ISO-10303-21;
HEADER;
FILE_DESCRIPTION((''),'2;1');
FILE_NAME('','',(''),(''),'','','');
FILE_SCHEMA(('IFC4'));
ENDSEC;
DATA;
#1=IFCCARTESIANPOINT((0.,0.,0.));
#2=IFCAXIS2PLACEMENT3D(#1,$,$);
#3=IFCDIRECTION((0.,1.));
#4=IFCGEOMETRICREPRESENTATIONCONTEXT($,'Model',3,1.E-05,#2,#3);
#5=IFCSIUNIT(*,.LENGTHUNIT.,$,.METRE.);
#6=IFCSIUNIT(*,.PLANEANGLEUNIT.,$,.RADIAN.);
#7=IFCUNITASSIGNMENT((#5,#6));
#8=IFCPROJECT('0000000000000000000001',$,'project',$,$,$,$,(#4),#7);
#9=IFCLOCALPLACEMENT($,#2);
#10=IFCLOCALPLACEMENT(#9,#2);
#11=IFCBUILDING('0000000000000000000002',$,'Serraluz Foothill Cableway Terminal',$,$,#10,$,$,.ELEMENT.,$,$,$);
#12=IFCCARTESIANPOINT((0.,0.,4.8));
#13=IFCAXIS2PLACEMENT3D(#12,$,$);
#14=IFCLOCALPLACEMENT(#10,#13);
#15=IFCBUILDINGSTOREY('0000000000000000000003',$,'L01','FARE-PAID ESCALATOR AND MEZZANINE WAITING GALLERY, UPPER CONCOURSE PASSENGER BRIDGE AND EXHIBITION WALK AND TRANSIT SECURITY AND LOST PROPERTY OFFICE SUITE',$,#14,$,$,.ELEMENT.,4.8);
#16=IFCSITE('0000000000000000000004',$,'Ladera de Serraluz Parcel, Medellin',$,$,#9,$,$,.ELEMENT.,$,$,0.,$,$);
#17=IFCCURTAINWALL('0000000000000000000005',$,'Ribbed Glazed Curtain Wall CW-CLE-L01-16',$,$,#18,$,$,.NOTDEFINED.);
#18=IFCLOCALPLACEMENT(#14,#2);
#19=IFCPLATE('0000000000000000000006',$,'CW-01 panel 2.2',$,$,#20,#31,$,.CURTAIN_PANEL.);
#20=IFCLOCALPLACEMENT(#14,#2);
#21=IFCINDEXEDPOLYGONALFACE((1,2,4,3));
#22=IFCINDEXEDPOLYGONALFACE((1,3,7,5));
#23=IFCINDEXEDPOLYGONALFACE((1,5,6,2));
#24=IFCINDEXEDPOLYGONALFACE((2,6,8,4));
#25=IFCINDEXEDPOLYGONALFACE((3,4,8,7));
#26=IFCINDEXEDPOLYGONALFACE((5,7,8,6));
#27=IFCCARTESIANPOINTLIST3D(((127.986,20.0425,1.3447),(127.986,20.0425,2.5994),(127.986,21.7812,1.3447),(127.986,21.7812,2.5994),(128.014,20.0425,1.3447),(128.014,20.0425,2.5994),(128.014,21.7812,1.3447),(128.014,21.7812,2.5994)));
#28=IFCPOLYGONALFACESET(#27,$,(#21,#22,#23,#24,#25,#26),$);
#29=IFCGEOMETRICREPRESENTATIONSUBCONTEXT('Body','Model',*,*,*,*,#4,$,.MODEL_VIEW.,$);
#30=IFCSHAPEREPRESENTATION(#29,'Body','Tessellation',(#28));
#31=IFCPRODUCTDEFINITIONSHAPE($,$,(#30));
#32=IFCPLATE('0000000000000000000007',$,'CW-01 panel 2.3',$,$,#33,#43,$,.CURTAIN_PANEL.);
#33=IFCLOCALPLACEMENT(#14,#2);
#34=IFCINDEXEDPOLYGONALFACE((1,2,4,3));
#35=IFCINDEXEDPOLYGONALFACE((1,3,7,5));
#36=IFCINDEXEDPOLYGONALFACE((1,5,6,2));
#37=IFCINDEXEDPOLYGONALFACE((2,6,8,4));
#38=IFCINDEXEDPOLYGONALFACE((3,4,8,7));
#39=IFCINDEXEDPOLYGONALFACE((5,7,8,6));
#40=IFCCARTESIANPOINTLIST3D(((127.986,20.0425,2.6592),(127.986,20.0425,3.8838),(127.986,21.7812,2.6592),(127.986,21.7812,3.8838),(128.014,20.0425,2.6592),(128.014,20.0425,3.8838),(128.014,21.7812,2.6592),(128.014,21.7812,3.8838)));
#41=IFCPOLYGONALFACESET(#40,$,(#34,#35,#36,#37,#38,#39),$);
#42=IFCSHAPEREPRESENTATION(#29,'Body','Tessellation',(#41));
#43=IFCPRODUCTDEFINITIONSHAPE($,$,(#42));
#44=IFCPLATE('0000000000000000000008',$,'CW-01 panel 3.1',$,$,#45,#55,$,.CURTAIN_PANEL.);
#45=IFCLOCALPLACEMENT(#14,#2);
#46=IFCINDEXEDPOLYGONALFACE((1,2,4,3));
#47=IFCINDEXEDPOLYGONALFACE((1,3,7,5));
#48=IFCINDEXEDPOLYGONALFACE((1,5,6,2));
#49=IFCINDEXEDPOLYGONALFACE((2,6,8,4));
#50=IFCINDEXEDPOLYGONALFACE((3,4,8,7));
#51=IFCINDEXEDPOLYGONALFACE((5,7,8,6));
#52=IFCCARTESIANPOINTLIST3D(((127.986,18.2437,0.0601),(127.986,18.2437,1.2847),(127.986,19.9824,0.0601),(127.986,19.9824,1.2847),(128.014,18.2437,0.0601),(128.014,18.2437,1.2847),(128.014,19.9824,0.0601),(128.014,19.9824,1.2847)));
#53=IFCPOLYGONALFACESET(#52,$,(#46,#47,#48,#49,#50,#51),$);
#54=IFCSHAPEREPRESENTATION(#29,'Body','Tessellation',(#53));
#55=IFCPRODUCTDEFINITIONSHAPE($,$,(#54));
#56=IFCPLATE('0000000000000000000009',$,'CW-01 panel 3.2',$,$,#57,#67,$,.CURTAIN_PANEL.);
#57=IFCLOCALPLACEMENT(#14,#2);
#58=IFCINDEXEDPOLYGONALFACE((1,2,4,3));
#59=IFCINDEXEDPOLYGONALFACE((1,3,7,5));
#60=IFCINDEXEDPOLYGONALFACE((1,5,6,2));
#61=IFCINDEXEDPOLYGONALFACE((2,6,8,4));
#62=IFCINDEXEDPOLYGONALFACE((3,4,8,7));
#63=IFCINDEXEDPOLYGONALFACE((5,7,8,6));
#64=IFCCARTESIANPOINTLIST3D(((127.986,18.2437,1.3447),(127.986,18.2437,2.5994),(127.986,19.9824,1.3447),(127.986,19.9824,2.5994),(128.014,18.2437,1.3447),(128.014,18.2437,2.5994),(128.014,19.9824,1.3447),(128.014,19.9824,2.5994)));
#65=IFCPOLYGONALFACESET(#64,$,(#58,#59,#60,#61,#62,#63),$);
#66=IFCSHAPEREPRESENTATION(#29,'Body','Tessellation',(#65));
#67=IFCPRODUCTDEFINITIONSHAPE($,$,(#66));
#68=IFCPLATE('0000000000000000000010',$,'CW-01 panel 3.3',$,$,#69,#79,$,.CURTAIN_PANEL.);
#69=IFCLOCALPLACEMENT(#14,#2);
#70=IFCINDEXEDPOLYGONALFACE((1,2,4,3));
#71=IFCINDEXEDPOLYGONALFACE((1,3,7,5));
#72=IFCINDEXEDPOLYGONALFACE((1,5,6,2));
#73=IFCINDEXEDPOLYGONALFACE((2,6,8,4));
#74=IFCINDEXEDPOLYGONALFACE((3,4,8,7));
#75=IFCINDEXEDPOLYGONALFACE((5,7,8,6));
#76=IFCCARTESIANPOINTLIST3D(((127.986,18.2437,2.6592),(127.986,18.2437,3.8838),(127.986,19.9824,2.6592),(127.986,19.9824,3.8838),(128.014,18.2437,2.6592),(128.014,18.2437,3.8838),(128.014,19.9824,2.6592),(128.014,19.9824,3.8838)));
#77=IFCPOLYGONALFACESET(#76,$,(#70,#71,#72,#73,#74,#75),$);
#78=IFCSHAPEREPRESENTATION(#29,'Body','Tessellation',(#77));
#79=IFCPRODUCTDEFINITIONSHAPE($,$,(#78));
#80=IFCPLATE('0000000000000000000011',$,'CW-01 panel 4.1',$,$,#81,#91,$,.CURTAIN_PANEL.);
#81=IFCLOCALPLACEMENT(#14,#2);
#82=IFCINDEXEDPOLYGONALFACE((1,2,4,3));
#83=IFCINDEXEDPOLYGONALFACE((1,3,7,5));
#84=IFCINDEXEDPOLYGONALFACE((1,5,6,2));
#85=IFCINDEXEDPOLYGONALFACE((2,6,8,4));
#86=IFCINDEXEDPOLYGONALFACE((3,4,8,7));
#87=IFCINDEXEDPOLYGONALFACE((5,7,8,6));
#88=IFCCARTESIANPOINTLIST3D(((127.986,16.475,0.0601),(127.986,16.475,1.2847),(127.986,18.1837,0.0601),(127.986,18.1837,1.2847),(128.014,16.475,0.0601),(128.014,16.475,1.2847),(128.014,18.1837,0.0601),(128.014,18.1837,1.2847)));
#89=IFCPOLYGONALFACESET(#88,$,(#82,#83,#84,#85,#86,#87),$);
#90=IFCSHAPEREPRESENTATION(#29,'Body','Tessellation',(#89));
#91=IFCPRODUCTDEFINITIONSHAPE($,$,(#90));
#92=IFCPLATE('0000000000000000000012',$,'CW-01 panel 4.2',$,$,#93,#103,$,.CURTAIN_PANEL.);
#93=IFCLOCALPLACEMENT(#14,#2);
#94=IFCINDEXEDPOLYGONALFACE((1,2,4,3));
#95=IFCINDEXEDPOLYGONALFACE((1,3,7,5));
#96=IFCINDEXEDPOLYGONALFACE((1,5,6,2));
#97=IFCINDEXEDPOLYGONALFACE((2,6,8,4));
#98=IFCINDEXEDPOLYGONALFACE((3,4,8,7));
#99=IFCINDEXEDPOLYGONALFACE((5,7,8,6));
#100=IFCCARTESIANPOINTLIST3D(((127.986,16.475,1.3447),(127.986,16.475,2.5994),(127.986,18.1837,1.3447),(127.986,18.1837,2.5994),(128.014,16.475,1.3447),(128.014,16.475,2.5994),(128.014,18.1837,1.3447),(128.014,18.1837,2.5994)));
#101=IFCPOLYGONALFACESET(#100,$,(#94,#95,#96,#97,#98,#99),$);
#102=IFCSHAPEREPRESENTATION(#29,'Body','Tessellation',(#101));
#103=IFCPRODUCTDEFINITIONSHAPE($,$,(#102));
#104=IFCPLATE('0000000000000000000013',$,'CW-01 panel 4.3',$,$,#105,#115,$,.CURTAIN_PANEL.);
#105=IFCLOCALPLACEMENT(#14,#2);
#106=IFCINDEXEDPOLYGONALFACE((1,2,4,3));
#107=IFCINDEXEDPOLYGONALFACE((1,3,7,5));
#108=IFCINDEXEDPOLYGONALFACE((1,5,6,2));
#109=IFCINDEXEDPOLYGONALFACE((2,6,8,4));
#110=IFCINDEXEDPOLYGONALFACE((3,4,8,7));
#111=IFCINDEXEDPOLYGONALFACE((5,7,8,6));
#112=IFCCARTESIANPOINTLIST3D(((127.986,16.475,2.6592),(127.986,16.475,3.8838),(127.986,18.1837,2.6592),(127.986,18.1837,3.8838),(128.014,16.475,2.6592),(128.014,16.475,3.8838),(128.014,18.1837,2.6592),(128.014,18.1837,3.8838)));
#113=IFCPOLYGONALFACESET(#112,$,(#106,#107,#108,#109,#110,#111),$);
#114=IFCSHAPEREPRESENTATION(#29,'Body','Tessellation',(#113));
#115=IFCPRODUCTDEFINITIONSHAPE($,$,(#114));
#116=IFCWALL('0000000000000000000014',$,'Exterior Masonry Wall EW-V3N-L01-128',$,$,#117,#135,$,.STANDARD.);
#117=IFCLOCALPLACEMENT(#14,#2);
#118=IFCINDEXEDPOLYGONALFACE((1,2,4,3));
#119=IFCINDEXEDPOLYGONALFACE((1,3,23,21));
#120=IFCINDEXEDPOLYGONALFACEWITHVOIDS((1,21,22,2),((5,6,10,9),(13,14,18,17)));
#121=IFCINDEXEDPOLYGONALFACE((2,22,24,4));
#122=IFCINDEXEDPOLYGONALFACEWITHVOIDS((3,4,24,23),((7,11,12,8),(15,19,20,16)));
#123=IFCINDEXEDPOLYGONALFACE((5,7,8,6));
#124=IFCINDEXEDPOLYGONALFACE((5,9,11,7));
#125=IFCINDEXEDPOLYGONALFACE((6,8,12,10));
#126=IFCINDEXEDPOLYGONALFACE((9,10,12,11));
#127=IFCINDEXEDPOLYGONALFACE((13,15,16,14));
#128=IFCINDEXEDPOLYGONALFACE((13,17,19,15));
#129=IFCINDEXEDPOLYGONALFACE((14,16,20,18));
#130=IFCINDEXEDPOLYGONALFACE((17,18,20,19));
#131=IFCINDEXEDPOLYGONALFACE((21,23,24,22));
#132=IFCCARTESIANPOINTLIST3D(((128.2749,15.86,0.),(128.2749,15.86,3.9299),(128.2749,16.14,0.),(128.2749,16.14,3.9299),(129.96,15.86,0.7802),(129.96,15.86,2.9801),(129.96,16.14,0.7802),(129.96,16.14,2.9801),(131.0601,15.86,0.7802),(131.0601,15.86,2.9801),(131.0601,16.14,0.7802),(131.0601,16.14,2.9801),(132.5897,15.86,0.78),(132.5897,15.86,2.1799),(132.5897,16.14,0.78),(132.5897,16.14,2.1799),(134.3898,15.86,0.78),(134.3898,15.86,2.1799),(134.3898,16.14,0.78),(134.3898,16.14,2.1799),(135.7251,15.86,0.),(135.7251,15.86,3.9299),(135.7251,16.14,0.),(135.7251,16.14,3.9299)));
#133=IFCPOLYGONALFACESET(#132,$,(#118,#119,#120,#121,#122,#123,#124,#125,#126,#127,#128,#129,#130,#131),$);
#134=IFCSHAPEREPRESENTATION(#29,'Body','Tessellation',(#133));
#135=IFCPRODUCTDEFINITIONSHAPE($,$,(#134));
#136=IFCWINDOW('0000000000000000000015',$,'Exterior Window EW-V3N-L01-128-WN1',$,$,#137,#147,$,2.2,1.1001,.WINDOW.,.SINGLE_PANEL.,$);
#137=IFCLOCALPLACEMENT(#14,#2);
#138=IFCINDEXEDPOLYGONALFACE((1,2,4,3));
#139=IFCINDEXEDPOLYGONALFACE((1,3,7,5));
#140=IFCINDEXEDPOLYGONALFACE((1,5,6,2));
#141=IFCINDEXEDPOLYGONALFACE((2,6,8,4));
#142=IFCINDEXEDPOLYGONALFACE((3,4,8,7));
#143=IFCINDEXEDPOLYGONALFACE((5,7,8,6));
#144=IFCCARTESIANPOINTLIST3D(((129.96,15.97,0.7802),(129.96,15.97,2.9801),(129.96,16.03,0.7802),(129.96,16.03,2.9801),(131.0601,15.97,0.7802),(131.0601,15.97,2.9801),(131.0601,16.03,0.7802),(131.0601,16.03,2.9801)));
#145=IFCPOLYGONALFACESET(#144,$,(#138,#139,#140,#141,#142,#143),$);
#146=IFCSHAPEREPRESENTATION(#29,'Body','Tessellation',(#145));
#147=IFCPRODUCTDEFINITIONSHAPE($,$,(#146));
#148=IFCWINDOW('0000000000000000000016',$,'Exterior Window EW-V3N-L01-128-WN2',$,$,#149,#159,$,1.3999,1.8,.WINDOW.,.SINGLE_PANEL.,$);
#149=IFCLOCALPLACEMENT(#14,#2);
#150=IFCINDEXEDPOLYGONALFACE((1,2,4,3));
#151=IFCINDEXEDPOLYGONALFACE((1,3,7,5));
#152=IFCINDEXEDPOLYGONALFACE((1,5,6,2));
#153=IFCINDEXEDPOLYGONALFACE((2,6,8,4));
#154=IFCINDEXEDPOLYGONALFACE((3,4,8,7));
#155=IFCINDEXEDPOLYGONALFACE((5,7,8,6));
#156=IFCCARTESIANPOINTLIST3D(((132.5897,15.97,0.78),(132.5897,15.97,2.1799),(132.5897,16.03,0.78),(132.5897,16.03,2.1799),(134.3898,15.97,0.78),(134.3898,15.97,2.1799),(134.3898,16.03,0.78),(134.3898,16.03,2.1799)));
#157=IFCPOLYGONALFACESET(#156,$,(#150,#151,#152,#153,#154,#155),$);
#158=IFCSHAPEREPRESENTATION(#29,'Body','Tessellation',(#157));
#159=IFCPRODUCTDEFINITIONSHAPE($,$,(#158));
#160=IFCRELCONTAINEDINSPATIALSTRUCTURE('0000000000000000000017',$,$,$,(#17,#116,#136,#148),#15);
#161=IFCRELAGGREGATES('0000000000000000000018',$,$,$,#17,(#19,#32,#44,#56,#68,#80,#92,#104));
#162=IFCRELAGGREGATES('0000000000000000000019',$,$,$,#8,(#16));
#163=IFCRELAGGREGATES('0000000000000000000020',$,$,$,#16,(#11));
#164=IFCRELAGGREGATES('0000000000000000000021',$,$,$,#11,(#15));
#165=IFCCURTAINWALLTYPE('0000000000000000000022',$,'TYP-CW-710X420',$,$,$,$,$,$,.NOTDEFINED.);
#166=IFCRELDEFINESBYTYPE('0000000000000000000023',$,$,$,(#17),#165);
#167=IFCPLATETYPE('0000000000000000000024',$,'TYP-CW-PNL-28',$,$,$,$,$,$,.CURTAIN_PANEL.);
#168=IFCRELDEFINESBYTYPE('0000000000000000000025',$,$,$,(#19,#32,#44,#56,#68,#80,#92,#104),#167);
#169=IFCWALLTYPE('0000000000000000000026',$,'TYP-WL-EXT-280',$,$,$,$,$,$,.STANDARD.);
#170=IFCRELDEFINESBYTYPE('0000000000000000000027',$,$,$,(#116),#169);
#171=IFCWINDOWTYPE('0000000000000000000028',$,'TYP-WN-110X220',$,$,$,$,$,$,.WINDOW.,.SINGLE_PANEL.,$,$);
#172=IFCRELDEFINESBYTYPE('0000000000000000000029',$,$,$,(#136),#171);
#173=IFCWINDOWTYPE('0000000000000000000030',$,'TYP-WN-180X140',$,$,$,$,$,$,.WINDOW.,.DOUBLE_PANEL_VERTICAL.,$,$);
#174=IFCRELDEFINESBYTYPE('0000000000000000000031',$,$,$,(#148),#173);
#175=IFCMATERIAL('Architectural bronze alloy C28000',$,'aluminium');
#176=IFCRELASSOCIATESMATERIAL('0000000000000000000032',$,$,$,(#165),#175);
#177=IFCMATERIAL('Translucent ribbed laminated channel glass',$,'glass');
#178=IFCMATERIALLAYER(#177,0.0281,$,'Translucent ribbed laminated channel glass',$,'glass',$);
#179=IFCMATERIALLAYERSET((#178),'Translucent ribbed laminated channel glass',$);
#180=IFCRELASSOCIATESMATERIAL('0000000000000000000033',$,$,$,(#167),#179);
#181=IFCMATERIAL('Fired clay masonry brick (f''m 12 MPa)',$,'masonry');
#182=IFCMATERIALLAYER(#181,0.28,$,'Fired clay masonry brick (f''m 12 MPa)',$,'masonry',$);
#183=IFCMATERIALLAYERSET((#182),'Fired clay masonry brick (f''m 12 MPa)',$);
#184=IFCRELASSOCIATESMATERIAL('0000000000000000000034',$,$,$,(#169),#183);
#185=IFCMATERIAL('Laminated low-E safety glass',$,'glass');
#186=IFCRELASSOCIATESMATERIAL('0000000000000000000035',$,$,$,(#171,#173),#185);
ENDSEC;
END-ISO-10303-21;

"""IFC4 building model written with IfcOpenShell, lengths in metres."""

from ifc_helpers import new_model, si_unit, direction, frame, frame_2d, origin, origin_2d, place, context, subcontext, project, spatial, rectangle, extrude, material, layer, layer_set, type_object, element, fill, aggregate, save


model = new_model("IFC4")

# Units and contexts
model_context = context("Model", 3, precision=1e-05, world=origin(), true_north=direction((0.0, 1.0)))
body_context = subcontext(model_context, "Body", "Model", "MODEL_VIEW")
ifc_project = project(units=[si_unit("LENGTHUNIT", "METRE"), si_unit("PLANEANGLEUNIT", "RADIAN")], contexts=[model_context])

# Site, building, storey
site_placement = place(None, origin())
site = spatial("IfcSite", under=ifc_project, at=site_placement, Name="Ladera de Serraluz Parcel, Medellin", CompositionType="ELEMENT", RefElevation=0.0)
building_placement = place(site_placement, origin())
building = spatial("IfcBuilding", under=site, at=building_placement, Name="Serraluz Foothill Cableway Terminal", CompositionType="ELEMENT")
storey_placement = place(building_placement, frame((0.0, 0.0, 4.8)))
storey = spatial("IfcBuildingStorey", under=building, at=storey_placement, Name="L01", Description="FARE-PAID ESCALATOR AND MEZZANINE WAITING GALLERY, UPPER CONCOURSE PASSENGER BRIDGE AND EXHIBITION WALK AND TRANSIT SECURITY AND LOST PROPERTY OFFICE SUITE", CompositionType="ELEMENT", Elevation=4.8)

# Curtain wall
ifc_material_1 = material(Name="Architectural bronze alloy C28000", Category="aluminium")
curtain_wall_type = type_object("IfcCurtainWallType", Name="TYP-CW-710X420", PredefinedType="NOTDEFINED", material=ifc_material_1)
curtain_wall_placement = place(storey_placement, origin())
curtain_wall = element("IfcCurtainWall", 1, at=curtain_wall_placement, inside=storey, type_object=curtain_wall_type, Name="Ribbed Glazed Curtain Wall CW-CLE-L01-16", PredefinedType="NOTDEFINED")

# Plates
ifc_material_2 = material(Name="Translucent ribbed laminated channel glass", Category="glass")
ifc_layer_1 = layer(ifc_material_2, 0.0281, Name="Translucent ribbed laminated channel glass", Category="glass")
ifc_layer_set_1 = layer_set([ifc_layer_1], Name="Translucent ribbed laminated channel glass")
plate_type = type_object("IfcPlateType", Name="TYP-CW-PNL-28", PredefinedType="CURTAIN_PANEL", material=ifc_layer_set_1)
plate_1_placement = place(storey_placement, frame((128.0, 20.9119, 1.3447), z_axis=(0.0, 0.0, 1.0), x_axis=(0.0, -1.0, 0.0)))
plate_1 = element("IfcPlate", 2, at=plate_1_placement, type_object=plate_type, Name="CW-01 panel 2.2", PredefinedType="CURTAIN_PANEL", context=body_context, shape_type="SweptSolid", body=[
    extrude(rectangle(XDim=1.7388, YDim=0.0281, at=origin_2d()), origin(), (0.0, 0.0, 1.0), 1.2546),
])
plate_2_placement = place(storey_placement, frame((128.0, 20.9119, 2.6592), z_axis=(0.0, 0.0, 1.0), x_axis=(0.0, -1.0, 0.0)))
plate_2 = element("IfcPlate", 3, at=plate_2_placement, type_object=plate_type, Name="CW-01 panel 2.3", PredefinedType="CURTAIN_PANEL", context=body_context, shape_type="SweptSolid", body=[
    extrude(rectangle(XDim=1.7388, YDim=0.0281, at=origin_2d()), origin(), (0.0, 0.0, 1.0), 1.2246),
])
plate_3_placement = place(storey_placement, frame((128.0, 19.113, 0.0601), z_axis=(0.0, 0.0, 1.0), x_axis=(0.0, -1.0, 0.0)))
plate_3 = element("IfcPlate", 4, at=plate_3_placement, type_object=plate_type, Name="CW-01 panel 3.1", PredefinedType="CURTAIN_PANEL", context=body_context, shape_type="SweptSolid", body=[
    extrude(rectangle(XDim=1.7388, YDim=0.0281, at=origin_2d()), origin(), (0.0, 0.0, 1.0), 1.2246),
])
plate_4_placement = place(storey_placement, frame((128.0, 19.113, 1.3447), z_axis=(0.0, 0.0, 1.0), x_axis=(0.0, -1.0, 0.0)))
plate_4 = element("IfcPlate", 5, at=plate_4_placement, type_object=plate_type, Name="CW-01 panel 3.2", PredefinedType="CURTAIN_PANEL", context=body_context, shape_type="SweptSolid", body=[
    extrude(rectangle(XDim=1.7388, YDim=0.0281, at=origin_2d()), origin(), (0.0, 0.0, 1.0), 1.2546),
])
plate_5_placement = place(storey_placement, frame((128.0, 19.113, 2.6592), z_axis=(0.0, 0.0, 1.0), x_axis=(0.0, -1.0, 0.0)))
plate_5 = element("IfcPlate", 6, at=plate_5_placement, type_object=plate_type, Name="CW-01 panel 3.3", PredefinedType="CURTAIN_PANEL", context=body_context, shape_type="SweptSolid", body=[
    extrude(rectangle(XDim=1.7388, YDim=0.0281, at=origin_2d()), origin(), (0.0, 0.0, 1.0), 1.2246),
])
plate_6_placement = place(storey_placement, frame((128.0, 17.3293, 0.0601), z_axis=(0.0, 0.0, 1.0), x_axis=(0.0, -1.0, 0.0)))
plate_6 = element("IfcPlate", 7, at=plate_6_placement, type_object=plate_type, Name="CW-01 panel 4.1", PredefinedType="CURTAIN_PANEL", context=body_context, shape_type="SweptSolid", body=[
    extrude(rectangle(XDim=1.7087, YDim=0.0281, at=origin_2d()), origin(), (0.0, 0.0, 1.0), 1.2246),
])
plate_7_placement = place(storey_placement, frame((128.0, 17.3293, 1.3447), z_axis=(0.0, 0.0, 1.0), x_axis=(0.0, -1.0, 0.0)))
plate_7 = element("IfcPlate", 8, at=plate_7_placement, type_object=plate_type, Name="CW-01 panel 4.2", PredefinedType="CURTAIN_PANEL", context=body_context, shape_type="SweptSolid", body=[
    extrude(rectangle(XDim=1.7087, YDim=0.0281, at=origin_2d()), origin(), (0.0, 0.0, 1.0), 1.2546),
])
plate_8_placement = place(storey_placement, frame((128.0, 17.3293, 2.6592), z_axis=(0.0, 0.0, 1.0), x_axis=(0.0, -1.0, 0.0)))
plate_8 = element("IfcPlate", 9, at=plate_8_placement, type_object=plate_type, Name="CW-01 panel 4.3", PredefinedType="CURTAIN_PANEL", context=body_context, shape_type="SweptSolid", body=[
    extrude(rectangle(XDim=1.7087, YDim=0.0281, at=origin_2d()), origin(), (0.0, 0.0, 1.0), 1.2246),
])
aggregate(curtain_wall, [plate_1, plate_2, plate_3, plate_4, plate_5, plate_6, plate_7, plate_8])

# Wall, openings, windows
ifc_material_3 = material(Name="Fired clay masonry brick (f'm 12 MPa)", Category="masonry")
ifc_layer_2 = layer(ifc_material_3, 0.28, Name="Fired clay masonry brick (f'm 12 MPa)", Category="masonry")
ifc_layer_set_2 = layer_set([ifc_layer_2], Name="Fired clay masonry brick (f'm 12 MPa)")
wall_type = type_object("IfcWallType", Name="TYP-WL-EXT-280", PredefinedType="STANDARD", material=ifc_layer_set_2)
wall_placement = place(storey_placement, frame((128.2749, 16.0, 0.0), z_axis=(0.0, 0.0, 1.0), x_axis=(1.0, 0.0, 0.0)))
wall = element("IfcWall", 10, at=wall_placement, inside=storey, type_object=wall_type, Name="Exterior Masonry Wall EW-V3N-L01-128", PredefinedType="STANDARD", context=body_context, shape_type="SweptSolid", body=[
    extrude(rectangle(XDim=7.4502, YDim=0.28, at=frame_2d((3.7251, 0.0))), origin(), (0.0, 0.0, 1.0), 3.9299),
])
opening_1_placement = place(wall_placement, frame((1.6851, 0.0, 0.78)))
opening_1 = element("IfcOpeningElement", 11, at=opening_1_placement, cuts=wall, PredefinedType="OPENING", context=body_context, shape_type="SweptSolid", body=[
    extrude(rectangle(XDim=1.1001, YDim=2.2, at=frame_2d((0.55, 1.1001))), frame((0.0, 0.1499, 0.0), z_axis=(0.0, -1.0, 0.0), x_axis=(1.0, 0.0, 0.0)), (0.0, 0.0, 1.0), 0.3),
])
opening_2_placement = place(wall_placement, frame((4.3149, 0.0, 0.78)))
opening_2 = element("IfcOpeningElement", 12, at=opening_2_placement, cuts=wall, PredefinedType="OPENING", context=body_context, shape_type="SweptSolid", body=[
    extrude(rectangle(XDim=1.8, YDim=1.3999, at=frame_2d((0.8999, 0.7))), frame((0.0, 0.1499, 0.0), z_axis=(0.0, -1.0, 0.0), x_axis=(1.0, 0.0, 0.0)), (0.0, 0.0, 1.0), 0.3),
])
ifc_material_4 = material(Name="Laminated low-E safety glass", Category="glass")
window_type_1 = type_object("IfcWindowType", Name="TYP-WN-110X220", PartitioningType="SINGLE_PANEL", PredefinedType="WINDOW", material=ifc_material_4)
window_1_placement = place(opening_1_placement, origin())
window_1 = element("IfcWindow", 13, at=window_1_placement, inside=storey, type_object=window_type_1, Name="Exterior Window EW-V3N-L01-128-WN1", OverallHeight=2.2, OverallWidth=1.1001, PartitioningType="SINGLE_PANEL", PredefinedType="WINDOW", context=body_context, shape_type="SweptSolid", body=[
    extrude(rectangle(XDim=1.1001, YDim=2.2, at=frame_2d((0.55, 1.1001))), frame((0.0, 0.03, 0.0), z_axis=(0.0, -1.0, 0.0), x_axis=(1.0, 0.0, 0.0)), (0.0, 0.0, 1.0), 0.0601),
])
fill(opening_1, window_1)
window_type_2 = type_object("IfcWindowType", Name="TYP-WN-180X140", PartitioningType="DOUBLE_PANEL_VERTICAL", PredefinedType="WINDOW", material=ifc_material_4)
window_2_placement = place(opening_2_placement, origin())
window_2 = element("IfcWindow", 14, at=window_2_placement, inside=storey, type_object=window_type_2, Name="Exterior Window EW-V3N-L01-128-WN2", OverallHeight=1.3999, OverallWidth=1.8, PartitioningType="SINGLE_PANEL", PredefinedType="WINDOW", context=body_context, shape_type="SweptSolid", body=[
    extrude(rectangle(XDim=1.8, YDim=1.3999, at=frame_2d((0.8999, 0.7))), frame((0.0, 0.03, 0.0), z_axis=(0.0, -1.0, 0.0), x_axis=(1.0, 0.0, 0.0)), (0.0, 0.0, 1.0), 0.0601),
])
fill(opening_2, window_2)

save(model, "model.ifc")
